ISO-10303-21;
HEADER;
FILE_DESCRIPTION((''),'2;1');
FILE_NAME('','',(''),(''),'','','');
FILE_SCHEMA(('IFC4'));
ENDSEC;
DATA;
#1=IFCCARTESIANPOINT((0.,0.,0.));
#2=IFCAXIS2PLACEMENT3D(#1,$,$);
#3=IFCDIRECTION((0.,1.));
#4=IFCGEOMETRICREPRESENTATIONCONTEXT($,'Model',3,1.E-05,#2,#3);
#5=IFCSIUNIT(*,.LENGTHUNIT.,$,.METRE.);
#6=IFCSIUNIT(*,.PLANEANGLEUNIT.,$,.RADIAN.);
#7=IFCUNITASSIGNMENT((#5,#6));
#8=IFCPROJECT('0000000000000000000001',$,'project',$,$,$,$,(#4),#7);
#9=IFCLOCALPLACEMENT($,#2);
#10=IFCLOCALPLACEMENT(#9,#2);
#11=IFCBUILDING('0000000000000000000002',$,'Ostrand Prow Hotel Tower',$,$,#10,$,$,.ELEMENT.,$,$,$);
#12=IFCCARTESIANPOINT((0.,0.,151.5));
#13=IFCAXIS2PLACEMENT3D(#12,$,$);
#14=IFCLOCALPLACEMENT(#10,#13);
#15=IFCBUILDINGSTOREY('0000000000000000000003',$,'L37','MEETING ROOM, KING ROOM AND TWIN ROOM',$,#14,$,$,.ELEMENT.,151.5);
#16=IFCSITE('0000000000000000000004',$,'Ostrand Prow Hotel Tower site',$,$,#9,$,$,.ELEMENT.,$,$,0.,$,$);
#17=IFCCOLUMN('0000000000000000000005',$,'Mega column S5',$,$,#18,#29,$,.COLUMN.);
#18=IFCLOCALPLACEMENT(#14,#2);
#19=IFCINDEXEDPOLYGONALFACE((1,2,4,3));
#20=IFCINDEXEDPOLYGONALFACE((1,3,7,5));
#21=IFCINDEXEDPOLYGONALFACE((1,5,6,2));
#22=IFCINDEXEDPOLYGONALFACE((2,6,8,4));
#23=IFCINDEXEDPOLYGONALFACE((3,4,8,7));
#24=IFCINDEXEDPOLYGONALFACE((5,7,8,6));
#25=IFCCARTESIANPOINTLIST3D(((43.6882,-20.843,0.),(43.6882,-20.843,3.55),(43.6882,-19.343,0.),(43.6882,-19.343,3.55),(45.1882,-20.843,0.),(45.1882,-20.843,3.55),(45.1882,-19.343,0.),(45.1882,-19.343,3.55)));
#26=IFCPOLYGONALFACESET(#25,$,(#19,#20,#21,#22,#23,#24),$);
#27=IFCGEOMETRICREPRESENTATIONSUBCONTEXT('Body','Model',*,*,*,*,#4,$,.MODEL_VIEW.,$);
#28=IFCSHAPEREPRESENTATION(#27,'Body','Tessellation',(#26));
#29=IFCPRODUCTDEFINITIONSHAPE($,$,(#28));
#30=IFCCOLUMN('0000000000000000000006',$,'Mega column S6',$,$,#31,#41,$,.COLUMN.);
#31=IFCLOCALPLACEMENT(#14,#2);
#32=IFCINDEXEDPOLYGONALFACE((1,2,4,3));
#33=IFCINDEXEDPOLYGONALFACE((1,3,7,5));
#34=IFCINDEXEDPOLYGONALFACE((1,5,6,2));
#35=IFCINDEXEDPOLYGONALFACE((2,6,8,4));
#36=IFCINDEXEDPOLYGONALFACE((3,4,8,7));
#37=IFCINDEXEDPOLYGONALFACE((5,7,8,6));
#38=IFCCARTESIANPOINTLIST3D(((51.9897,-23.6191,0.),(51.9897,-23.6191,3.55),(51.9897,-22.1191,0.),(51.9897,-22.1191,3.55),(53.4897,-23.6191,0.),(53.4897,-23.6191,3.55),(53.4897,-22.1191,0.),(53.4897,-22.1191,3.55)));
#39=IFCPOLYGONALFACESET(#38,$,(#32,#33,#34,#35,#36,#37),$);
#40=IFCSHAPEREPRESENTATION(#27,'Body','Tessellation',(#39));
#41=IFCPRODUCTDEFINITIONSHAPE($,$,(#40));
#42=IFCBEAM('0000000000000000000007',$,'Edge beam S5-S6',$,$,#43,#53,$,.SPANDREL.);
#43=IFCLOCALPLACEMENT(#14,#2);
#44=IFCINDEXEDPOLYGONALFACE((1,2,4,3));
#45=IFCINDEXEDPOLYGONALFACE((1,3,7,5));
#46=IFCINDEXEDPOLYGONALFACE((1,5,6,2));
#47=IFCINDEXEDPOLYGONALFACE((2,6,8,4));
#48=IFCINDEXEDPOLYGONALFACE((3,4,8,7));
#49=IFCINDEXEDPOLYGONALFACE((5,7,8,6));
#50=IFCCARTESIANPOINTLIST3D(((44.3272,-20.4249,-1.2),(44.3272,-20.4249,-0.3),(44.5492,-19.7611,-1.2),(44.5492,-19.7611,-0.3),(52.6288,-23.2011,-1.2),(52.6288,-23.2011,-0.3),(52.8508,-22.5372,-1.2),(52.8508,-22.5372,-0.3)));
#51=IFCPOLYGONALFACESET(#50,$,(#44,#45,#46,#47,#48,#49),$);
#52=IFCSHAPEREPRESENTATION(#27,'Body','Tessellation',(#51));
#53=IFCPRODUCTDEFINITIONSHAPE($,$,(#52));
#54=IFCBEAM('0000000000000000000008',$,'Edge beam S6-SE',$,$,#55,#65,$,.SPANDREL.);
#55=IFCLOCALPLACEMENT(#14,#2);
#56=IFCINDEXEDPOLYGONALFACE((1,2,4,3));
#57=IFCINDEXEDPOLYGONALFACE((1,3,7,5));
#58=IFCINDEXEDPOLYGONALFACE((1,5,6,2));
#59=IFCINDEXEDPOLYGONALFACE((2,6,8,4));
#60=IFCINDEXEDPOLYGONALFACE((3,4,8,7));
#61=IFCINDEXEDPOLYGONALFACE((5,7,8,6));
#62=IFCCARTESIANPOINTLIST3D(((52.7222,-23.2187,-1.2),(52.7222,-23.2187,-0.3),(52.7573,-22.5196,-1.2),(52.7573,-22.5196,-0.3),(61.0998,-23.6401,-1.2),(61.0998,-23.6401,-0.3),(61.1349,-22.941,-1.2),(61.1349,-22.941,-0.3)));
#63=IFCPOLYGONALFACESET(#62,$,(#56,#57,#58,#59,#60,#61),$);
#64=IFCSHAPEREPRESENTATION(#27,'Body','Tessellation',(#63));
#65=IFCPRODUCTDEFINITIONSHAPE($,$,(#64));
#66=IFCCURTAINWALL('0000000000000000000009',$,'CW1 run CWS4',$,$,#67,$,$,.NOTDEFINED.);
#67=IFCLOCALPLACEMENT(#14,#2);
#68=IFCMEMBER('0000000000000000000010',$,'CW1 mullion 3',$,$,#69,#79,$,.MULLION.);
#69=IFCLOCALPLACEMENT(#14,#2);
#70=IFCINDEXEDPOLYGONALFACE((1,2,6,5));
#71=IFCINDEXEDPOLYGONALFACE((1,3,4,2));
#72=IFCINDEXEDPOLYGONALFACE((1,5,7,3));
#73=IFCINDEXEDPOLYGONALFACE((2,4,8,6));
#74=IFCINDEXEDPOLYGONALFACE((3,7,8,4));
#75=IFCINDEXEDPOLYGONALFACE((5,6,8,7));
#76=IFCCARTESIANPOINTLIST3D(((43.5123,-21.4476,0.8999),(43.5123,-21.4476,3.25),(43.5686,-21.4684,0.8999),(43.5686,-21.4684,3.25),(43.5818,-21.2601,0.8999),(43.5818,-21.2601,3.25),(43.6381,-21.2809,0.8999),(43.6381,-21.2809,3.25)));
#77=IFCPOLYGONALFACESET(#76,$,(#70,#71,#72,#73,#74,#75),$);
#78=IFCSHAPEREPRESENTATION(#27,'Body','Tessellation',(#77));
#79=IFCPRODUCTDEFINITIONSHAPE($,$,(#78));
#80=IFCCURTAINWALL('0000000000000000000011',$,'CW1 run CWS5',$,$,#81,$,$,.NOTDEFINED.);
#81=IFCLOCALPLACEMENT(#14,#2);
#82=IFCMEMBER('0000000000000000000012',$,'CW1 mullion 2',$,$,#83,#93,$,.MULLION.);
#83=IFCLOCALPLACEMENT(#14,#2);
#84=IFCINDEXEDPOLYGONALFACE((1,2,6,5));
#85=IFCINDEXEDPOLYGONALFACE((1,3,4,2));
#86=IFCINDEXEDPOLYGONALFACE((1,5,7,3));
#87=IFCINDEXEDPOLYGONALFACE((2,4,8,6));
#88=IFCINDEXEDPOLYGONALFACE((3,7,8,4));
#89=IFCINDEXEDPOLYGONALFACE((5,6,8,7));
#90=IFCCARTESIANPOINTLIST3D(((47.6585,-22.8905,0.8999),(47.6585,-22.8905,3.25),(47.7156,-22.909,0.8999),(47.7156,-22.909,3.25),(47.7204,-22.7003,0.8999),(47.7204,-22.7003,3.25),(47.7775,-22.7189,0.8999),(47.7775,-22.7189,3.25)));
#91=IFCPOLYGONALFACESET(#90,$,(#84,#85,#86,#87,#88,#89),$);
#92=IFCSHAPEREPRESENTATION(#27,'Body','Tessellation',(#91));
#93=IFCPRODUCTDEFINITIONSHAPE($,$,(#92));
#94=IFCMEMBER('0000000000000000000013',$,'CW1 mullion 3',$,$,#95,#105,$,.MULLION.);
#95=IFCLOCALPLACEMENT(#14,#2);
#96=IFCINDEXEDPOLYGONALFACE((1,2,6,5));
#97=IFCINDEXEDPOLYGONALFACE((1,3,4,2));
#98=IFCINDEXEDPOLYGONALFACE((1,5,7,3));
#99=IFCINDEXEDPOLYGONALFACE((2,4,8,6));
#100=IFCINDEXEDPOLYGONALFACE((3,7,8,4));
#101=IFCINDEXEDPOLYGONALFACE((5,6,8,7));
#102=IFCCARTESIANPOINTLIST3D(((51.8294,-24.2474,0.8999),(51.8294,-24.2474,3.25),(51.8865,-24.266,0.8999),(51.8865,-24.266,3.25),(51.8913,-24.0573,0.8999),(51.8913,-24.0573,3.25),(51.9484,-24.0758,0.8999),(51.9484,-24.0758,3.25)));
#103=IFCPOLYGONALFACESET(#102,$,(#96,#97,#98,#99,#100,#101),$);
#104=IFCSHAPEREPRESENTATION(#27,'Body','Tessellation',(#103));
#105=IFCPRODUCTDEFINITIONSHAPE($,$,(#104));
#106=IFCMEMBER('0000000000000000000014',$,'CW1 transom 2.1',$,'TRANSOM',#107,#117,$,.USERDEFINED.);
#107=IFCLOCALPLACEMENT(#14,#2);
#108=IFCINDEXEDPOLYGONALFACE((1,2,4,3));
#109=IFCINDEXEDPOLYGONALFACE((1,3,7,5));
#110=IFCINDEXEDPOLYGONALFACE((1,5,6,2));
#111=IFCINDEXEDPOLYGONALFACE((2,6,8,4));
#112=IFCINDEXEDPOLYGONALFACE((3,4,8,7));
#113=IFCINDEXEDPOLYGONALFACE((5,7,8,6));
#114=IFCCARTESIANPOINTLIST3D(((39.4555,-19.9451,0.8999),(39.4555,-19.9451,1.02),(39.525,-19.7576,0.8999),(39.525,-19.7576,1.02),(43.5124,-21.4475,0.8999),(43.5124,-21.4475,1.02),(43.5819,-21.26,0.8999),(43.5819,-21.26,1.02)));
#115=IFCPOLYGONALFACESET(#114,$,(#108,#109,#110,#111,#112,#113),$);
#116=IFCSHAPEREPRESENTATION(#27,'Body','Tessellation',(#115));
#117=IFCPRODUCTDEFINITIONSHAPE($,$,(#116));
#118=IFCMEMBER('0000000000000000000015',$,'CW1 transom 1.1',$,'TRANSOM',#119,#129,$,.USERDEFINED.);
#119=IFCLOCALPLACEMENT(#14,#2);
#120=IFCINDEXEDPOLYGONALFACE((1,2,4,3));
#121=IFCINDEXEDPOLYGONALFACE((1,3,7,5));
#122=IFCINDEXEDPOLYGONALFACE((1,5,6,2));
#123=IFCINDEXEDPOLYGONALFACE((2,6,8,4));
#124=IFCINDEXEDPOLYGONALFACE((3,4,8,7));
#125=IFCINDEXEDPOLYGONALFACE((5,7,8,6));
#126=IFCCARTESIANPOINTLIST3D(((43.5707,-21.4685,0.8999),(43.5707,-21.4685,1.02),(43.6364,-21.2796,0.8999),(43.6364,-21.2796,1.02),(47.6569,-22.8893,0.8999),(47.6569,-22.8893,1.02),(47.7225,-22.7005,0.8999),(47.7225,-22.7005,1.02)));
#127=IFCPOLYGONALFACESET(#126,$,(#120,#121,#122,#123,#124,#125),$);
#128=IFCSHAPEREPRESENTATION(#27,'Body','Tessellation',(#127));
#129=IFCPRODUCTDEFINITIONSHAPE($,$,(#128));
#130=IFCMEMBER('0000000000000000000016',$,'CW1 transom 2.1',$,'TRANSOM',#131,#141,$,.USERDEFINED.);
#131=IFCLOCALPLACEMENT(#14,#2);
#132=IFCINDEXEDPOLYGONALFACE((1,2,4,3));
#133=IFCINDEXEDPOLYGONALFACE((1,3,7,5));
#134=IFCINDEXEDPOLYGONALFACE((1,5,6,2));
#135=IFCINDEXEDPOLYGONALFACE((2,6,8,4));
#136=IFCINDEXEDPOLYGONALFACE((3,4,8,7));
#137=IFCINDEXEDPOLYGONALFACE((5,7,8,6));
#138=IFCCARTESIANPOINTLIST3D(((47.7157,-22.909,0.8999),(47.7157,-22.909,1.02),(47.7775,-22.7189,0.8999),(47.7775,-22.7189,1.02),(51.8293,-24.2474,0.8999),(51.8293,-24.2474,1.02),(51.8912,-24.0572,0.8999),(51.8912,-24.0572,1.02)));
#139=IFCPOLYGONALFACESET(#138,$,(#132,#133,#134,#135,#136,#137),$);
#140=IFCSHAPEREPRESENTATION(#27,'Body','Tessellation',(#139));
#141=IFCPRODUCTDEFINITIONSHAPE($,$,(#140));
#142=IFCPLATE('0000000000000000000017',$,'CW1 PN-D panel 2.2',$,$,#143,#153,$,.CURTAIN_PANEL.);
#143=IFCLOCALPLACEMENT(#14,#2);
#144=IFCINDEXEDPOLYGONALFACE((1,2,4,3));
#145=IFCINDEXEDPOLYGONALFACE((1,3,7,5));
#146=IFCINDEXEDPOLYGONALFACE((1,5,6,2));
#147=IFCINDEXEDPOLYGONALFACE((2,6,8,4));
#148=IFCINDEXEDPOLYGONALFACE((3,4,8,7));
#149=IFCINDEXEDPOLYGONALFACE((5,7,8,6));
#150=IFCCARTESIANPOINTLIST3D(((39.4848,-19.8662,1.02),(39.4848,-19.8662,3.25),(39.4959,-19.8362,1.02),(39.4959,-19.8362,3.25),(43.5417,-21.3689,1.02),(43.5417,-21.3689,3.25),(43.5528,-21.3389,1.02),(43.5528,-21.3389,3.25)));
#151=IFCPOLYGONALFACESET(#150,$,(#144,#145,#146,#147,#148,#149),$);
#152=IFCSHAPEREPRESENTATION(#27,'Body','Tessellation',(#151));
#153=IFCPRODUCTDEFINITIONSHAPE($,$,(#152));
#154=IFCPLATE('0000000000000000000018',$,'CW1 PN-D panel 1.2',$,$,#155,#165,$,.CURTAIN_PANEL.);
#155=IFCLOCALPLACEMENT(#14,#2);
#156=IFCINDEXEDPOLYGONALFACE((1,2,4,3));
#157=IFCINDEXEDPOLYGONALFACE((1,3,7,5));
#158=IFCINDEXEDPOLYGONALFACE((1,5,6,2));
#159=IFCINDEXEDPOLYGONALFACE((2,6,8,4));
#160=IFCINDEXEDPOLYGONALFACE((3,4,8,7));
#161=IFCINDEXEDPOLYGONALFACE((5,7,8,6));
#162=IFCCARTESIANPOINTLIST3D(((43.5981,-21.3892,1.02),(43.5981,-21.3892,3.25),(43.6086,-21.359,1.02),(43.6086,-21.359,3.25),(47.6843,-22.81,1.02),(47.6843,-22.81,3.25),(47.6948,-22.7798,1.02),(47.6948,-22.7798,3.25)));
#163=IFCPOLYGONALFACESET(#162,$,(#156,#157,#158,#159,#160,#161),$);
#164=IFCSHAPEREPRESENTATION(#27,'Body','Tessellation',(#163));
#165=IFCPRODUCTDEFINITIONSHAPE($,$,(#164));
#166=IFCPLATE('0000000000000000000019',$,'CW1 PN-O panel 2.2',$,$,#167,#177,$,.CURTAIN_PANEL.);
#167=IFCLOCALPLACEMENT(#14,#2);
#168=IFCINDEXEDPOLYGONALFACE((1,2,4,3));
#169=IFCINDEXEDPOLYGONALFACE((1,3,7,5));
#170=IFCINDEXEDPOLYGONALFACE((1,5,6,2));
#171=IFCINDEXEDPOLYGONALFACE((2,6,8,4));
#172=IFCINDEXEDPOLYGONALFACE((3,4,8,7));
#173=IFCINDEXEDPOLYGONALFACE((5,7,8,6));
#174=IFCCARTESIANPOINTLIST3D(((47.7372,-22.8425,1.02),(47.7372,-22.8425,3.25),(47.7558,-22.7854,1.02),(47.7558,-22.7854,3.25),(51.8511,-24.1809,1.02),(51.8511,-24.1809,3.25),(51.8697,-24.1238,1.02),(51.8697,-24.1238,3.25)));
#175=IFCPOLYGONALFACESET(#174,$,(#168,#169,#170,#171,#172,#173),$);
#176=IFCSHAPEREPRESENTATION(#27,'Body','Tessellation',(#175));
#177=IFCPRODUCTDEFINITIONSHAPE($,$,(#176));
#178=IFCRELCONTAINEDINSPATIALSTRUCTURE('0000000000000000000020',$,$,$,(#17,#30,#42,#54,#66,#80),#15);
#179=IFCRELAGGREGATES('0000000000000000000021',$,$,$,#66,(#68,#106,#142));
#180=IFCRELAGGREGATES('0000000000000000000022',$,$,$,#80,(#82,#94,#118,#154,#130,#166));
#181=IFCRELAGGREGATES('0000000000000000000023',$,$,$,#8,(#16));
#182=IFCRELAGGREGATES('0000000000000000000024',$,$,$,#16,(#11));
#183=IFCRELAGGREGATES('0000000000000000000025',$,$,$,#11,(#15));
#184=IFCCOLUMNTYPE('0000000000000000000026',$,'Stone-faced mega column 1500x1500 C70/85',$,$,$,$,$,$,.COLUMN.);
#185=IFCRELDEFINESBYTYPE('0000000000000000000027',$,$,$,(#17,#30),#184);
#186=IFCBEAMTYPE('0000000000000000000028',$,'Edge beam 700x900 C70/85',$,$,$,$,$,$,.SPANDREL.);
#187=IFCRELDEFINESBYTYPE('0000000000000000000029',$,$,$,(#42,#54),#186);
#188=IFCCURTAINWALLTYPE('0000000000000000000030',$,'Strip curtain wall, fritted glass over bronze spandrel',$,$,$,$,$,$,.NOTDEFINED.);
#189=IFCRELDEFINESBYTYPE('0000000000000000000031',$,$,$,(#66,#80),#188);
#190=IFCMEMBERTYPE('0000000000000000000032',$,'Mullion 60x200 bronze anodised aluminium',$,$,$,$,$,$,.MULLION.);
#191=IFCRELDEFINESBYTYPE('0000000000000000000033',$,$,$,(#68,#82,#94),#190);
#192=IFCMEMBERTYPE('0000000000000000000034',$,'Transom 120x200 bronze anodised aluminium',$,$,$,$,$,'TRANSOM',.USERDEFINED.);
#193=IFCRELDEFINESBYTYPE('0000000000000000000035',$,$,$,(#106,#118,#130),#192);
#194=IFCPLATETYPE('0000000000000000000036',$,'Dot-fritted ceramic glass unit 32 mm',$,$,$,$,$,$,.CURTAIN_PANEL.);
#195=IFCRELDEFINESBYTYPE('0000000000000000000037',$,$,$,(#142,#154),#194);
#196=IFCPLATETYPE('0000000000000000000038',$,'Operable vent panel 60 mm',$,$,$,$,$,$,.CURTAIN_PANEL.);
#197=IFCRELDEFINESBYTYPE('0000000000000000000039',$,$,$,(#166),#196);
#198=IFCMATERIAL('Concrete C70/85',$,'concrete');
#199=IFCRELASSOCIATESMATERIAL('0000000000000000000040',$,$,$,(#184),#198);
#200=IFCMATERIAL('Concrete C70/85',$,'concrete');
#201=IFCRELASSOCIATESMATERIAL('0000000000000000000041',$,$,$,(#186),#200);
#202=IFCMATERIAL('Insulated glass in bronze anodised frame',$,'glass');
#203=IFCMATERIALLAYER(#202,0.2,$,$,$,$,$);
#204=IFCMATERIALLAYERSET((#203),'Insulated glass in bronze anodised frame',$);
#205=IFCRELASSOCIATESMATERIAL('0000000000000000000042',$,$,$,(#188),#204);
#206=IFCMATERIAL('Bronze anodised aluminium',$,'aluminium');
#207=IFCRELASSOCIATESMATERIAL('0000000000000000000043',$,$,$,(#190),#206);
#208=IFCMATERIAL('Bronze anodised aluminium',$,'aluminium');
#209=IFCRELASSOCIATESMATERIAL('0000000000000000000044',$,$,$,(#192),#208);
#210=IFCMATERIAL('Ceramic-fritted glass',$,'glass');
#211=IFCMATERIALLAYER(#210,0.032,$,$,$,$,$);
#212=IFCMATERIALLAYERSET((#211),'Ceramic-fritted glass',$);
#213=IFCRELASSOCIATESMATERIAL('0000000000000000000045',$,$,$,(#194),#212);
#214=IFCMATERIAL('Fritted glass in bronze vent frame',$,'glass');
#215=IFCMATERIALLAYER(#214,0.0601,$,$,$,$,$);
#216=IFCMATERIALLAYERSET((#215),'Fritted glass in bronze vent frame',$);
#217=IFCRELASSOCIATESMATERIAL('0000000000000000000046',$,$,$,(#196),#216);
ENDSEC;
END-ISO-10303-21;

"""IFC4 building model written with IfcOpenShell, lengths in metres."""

from ifc_helpers import new_model, si_unit, direction, frame, origin, origin_2d, place, context, subcontext, project, spatial, rectangle, extrude, material, layer, layer_set, material_profile, profile_set, type_object, element, aggregate, save


model = new_model("IFC4")

# Units and contexts
model_context = context("Model", 3, precision=1e-05, world=origin(), true_north=direction((0.0, 1.0)))
body_context = subcontext(model_context, "Body", "Model", "MODEL_VIEW")
ifc_project = project(units=[si_unit("LENGTHUNIT", "METRE"), si_unit("PLANEANGLEUNIT", "RADIAN")], contexts=[model_context])

# Site, building, storey
site_placement = place(None, origin())
site = spatial("IfcSite", under=ifc_project, at=site_placement, Name="Ostrand Prow Hotel Tower site", CompositionType="ELEMENT", RefElevation=0.0)
building_placement = place(site_placement, origin())
building = spatial("IfcBuilding", under=site, at=building_placement, Name="Ostrand Prow Hotel Tower", CompositionType="ELEMENT")
storey_placement = place(building_placement, frame((0.0, 0.0, 151.5)))
storey = spatial("IfcBuildingStorey", under=building, at=storey_placement, Name="L37", Description="MEETING ROOM, KING ROOM AND TWIN ROOM", CompositionType="ELEMENT", Elevation=151.5)

# Columns
ifc_material_1 = material(Name="Concrete C70/85", Category="concrete")
ifc_material_profile_1 = material_profile(ifc_material_1, rectangle(XDim=1.5, YDim=1.5, at=origin_2d()), Name="RC 1500x1500")
ifc_profile_set_1 = profile_set([ifc_material_profile_1], Name="Concrete C70/85")
column_type = type_object("IfcColumnType", Name="Stone-faced mega column 1500x1500 C70/85", PredefinedType="COLUMN", material=ifc_profile_set_1)
for number, where, z_axis, x_axis, name in (
    (1, (44.4382, -20.093, 0.0), (0.0, 0.0, 1.0), (1.0, 0.0, 0.0), "Mega column S5"),
    (2, (52.7397, -22.8691, 0.0), (0.0, 0.0, 1.0), (1.0, 0.0, 0.0), "Mega column S6"),
):
    element("IfcColumn", number, at=place(storey_placement, frame(where, z_axis=z_axis, x_axis=x_axis)), inside=storey, type_object=column_type, Name=name, PredefinedType="COLUMN", context=body_context, shape_type="SweptSolid", body=[
        extrude(rectangle(XDim=1.5, YDim=1.5, at=origin_2d()), origin(), (0.0, 0.0, 1.0), 3.55),
    ])

# Beams
ifc_material_2 = material(Name="Concrete C70/85", Category="concrete")
ifc_material_profile_2 = material_profile(ifc_material_2, rectangle(XDim=0.7, YDim=0.8999, at=origin_2d()), Name="RC 700x900")
ifc_profile_set_2 = profile_set([ifc_material_profile_2], Name="Concrete C70/85")
beam_type = type_object("IfcBeamType", Name="Edge beam 700x900 C70/85", PredefinedType="SPANDREL", material=ifc_profile_set_2)
beam_1_placement = place(storey_placement, frame((44.4382, -20.093, -0.75), z_axis=(0.948376, -0.317148, 0.0), x_axis=(0.317148, 0.948376, 0.0)))
element("IfcBeam", 3, at=beam_1_placement, inside=storey, type_object=beam_type, Name="Edge beam S5-S6", PredefinedType="SPANDREL", context=body_context, shape_type="SweptSolid", body=[
    extrude(rectangle(XDim=0.7, YDim=0.8999, at=origin_2d()), origin(), (0.0, 0.0, 1.0), 8.7534),
])
beam_2_placement = place(storey_placement, frame((52.7397, -22.8691, -0.75), z_axis=(0.998737, -0.050235, 0.0), x_axis=(0.050235, 0.998737, 0.0)))
element("IfcBeam", 4, at=beam_2_placement, inside=storey, type_object=beam_type, Name="Edge beam S6-SE", PredefinedType="SPANDREL", context=body_context, shape_type="SweptSolid", body=[
    extrude(rectangle(XDim=0.7, YDim=0.8999, at=origin_2d()), origin(), (0.0, 0.0, 1.0), 8.3882),
])

# Curtain wall, member
ifc_material_3 = material(Name="Insulated glass in bronze anodised frame", Category="glass")
ifc_layer_1 = layer(ifc_material_3, 0.2)
ifc_layer_set_1 = layer_set([ifc_layer_1], Name="Insulated glass in bronze anodised frame")
curtain_wall_type = type_object("IfcCurtainWallType", Name="Strip curtain wall, fritted glass over bronze spandrel", PredefinedType="NOTDEFINED", material=ifc_layer_set_1)
curtain_wall_1_placement = place(storey_placement, origin())
curtain_wall_1 = element("IfcCurtainWall", 5, at=curtain_wall_1_placement, inside=storey, type_object=curtain_wall_type, Name="CW1 run CWS4", PredefinedType="NOTDEFINED")
ifc_material_4 = material(Name="Bronze anodised aluminium", Category="aluminium")
ifc_material_profile_3 = material_profile(ifc_material_4, rectangle(XDim=0.2, YDim=0.0601, at=origin_2d()), Name="Mullion 60x200 bronze anodised aluminium")
ifc_profile_set_3 = profile_set([ifc_material_profile_3], Name="Bronze anodised aluminium")
member_type_1 = type_object("IfcMemberType", Name="Mullion 60x200 bronze anodised aluminium", PredefinedType="MULLION", material=ifc_profile_set_3)
member_1_placement = place(storey_placement, frame((43.5752, -21.3643, 0.8999), z_axis=(0.0, 0.0, 1.0), x_axis=(0.347342, 0.937739, 0.0)))
member_1 = element("IfcMember", 6, at=member_1_placement, type_object=member_type_1, Name="CW1 mullion 3", PredefinedType="MULLION", context=body_context, shape_type="SweptSolid", body=[
    extrude(rectangle(XDim=0.2, YDim=0.0601, at=origin_2d()), origin(), (0.0, 0.0, 1.0), 2.3501),
])

# Curtain wall, members
curtain_wall_2_placement = place(storey_placement, origin())
curtain_wall_2 = element("IfcCurtainWall", 7, at=curtain_wall_2_placement, inside=storey, type_object=curtain_wall_type, Name="CW1 run CWS5", PredefinedType="NOTDEFINED")
member_2_placement = place(storey_placement, frame((47.718, -22.8047, 0.8999), z_axis=(0.0, 0.0, 1.0), x_axis=(0.30938, 0.950938, 0.0)))
member_2 = element("IfcMember", 8, at=member_2_placement, type_object=member_type_1, Name="CW1 mullion 2", PredefinedType="MULLION", context=body_context, shape_type="SweptSolid", body=[
    extrude(rectangle(XDim=0.2, YDim=0.0601, at=origin_2d()), origin(), (0.0, 0.0, 1.0), 2.3501),
])
member_3_placement = place(storey_placement, frame((51.8889, -24.1616, 0.8999), z_axis=(0.0, 0.0, 1.0), x_axis=(0.30938, 0.950938, 0.0)))
member_3 = element("IfcMember", 9, at=member_3_placement, type_object=member_type_1, Name="CW1 mullion 3", PredefinedType="MULLION", context=body_context, shape_type="SweptSolid", body=[
    extrude(rectangle(XDim=0.2, YDim=0.0601, at=origin_2d()), origin(), (0.0, 0.0, 1.0), 2.3501),
])

# Members
ifc_material_5 = material(Name="Bronze anodised aluminium", Category="aluminium")
ifc_material_profile_4 = material_profile(ifc_material_5, rectangle(XDim=0.2, YDim=0.1201, at=origin_2d()), Name="Transom 120x200 bronze anodised aluminium")
ifc_profile_set_4 = profile_set([ifc_material_profile_4], Name="Bronze anodised aluminium")
member_type_2 = type_object("IfcMemberType", Name="Transom 120x200 bronze anodised aluminium", ElementType="TRANSOM", PredefinedType="USERDEFINED", material=ifc_profile_set_4)
member_4_placement = place(storey_placement, frame((39.4902, -19.8513, 0.96), z_axis=(0.937757, -0.347292, 0.0), x_axis=(0.347292, 0.937757, 0.0)))
member_4 = element("IfcMember", 10, at=member_4_placement, type_object=member_type_2, Name="CW1 transom 2.1", ObjectType="TRANSOM", PredefinedType="USERDEFINED", context=body_context, shape_type="SweptSolid", body=[
    extrude(rectangle(XDim=0.2, YDim=0.1201, at=origin_2d()), origin(), (0.0, 0.0, 1.0), 4.3262),
])
member_5_placement = place(storey_placement, frame((43.6035, -21.374, 0.96), z_axis=(0.944524, -0.328442, 0.0), x_axis=(0.328442, 0.944524, 0.0)))
member_5 = element("IfcMember", 11, at=member_5_placement, type_object=member_type_2, Name="CW1 transom 1.1", ObjectType="TRANSOM", PredefinedType="USERDEFINED", context=body_context, shape_type="SweptSolid", body=[
    extrude(rectangle(XDim=0.2, YDim=0.1201, at=origin_2d()), origin(), (0.0, 0.0, 1.0), 4.3262),
])
member_6_placement = place(storey_placement, frame((47.7466, -22.814, 0.96), z_axis=(0.950939, -0.30938, 0.0), x_axis=(0.30938, 0.950939, 0.0)))
member_6 = element("IfcMember", 12, at=member_6_placement, type_object=member_type_2, Name="CW1 transom 2.1", ObjectType="TRANSOM", PredefinedType="USERDEFINED", context=body_context, shape_type="SweptSolid", body=[
    extrude(rectangle(XDim=0.2, YDim=0.1201, at=origin_2d()), origin(), (0.0, 0.0, 1.0), 4.3259),
])

# Plates
ifc_material_6 = material(Name="Ceramic-fritted glass", Category="glass")
ifc_layer_2 = layer(ifc_material_6, 0.032)
ifc_layer_set_2 = layer_set([ifc_layer_2], Name="Ceramic-fritted glass")
plate_type_1 = type_object("IfcPlateType", Name="Dot-fritted ceramic glass unit 32 mm", PredefinedType="CURTAIN_PANEL", material=ifc_layer_set_2)
plate_1_placement = place(storey_placement, frame((41.5188, -20.6025, 1.02), z_axis=(0.0, 0.0, 1.0), x_axis=(0.937739, -0.347342, 0.0)))
plate_1 = element("IfcPlate", 13, at=plate_1_placement, type_object=plate_type_1, Name="CW1 PN-D panel 2.2", PredefinedType="CURTAIN_PANEL", context=body_context, shape_type="SweptSolid", body=[
    extrude(rectangle(XDim=4.3262, YDim=0.032, at=origin_2d()), origin(), (0.0, 0.0, 1.0), 2.23),
])
aggregate(curtain_wall_1, [member_1, member_4, plate_1])
plate_2_placement = place(storey_placement, frame((45.6465, -22.0845, 1.02), z_axis=(0.0, 0.0, 1.0), x_axis=(0.944529, -0.328428, 0.0)))
plate_2 = element("IfcPlate", 14, at=plate_2_placement, type_object=plate_type_1, Name="CW1 PN-D panel 1.2", PredefinedType="CURTAIN_PANEL", context=body_context, shape_type="SweptSolid", body=[
    extrude(rectangle(XDim=4.3262, YDim=0.032, at=origin_2d()), origin(), (0.0, 0.0, 1.0), 2.23),
])
ifc_material_7 = material(Name="Fritted glass in bronze vent frame", Category="glass")
ifc_layer_3 = layer(ifc_material_7, 0.0601)
ifc_layer_set_3 = layer_set([ifc_layer_3], Name="Fritted glass in bronze vent frame")
plate_type_2 = type_object("IfcPlateType", Name="Operable vent panel 60 mm", PredefinedType="CURTAIN_PANEL", material=ifc_layer_set_3)
plate_3_placement = place(storey_placement, frame((49.8035, -23.4832, 1.02), z_axis=(0.0, 0.0, 1.0), x_axis=(0.950938, -0.30938, 0.0)))
plate_3 = element("IfcPlate", 15, at=plate_3_placement, type_object=plate_type_2, Name="CW1 PN-O panel 2.2", PredefinedType="CURTAIN_PANEL", context=body_context, shape_type="SweptSolid", body=[
    extrude(rectangle(XDim=4.3262, YDim=0.0601, at=origin_2d()), origin(), (0.0, 0.0, 1.0), 2.23),
])
aggregate(curtain_wall_2, [member_2, member_3, member_5, plate_2, member_6, plate_3])

save(model, "model.ifc")
